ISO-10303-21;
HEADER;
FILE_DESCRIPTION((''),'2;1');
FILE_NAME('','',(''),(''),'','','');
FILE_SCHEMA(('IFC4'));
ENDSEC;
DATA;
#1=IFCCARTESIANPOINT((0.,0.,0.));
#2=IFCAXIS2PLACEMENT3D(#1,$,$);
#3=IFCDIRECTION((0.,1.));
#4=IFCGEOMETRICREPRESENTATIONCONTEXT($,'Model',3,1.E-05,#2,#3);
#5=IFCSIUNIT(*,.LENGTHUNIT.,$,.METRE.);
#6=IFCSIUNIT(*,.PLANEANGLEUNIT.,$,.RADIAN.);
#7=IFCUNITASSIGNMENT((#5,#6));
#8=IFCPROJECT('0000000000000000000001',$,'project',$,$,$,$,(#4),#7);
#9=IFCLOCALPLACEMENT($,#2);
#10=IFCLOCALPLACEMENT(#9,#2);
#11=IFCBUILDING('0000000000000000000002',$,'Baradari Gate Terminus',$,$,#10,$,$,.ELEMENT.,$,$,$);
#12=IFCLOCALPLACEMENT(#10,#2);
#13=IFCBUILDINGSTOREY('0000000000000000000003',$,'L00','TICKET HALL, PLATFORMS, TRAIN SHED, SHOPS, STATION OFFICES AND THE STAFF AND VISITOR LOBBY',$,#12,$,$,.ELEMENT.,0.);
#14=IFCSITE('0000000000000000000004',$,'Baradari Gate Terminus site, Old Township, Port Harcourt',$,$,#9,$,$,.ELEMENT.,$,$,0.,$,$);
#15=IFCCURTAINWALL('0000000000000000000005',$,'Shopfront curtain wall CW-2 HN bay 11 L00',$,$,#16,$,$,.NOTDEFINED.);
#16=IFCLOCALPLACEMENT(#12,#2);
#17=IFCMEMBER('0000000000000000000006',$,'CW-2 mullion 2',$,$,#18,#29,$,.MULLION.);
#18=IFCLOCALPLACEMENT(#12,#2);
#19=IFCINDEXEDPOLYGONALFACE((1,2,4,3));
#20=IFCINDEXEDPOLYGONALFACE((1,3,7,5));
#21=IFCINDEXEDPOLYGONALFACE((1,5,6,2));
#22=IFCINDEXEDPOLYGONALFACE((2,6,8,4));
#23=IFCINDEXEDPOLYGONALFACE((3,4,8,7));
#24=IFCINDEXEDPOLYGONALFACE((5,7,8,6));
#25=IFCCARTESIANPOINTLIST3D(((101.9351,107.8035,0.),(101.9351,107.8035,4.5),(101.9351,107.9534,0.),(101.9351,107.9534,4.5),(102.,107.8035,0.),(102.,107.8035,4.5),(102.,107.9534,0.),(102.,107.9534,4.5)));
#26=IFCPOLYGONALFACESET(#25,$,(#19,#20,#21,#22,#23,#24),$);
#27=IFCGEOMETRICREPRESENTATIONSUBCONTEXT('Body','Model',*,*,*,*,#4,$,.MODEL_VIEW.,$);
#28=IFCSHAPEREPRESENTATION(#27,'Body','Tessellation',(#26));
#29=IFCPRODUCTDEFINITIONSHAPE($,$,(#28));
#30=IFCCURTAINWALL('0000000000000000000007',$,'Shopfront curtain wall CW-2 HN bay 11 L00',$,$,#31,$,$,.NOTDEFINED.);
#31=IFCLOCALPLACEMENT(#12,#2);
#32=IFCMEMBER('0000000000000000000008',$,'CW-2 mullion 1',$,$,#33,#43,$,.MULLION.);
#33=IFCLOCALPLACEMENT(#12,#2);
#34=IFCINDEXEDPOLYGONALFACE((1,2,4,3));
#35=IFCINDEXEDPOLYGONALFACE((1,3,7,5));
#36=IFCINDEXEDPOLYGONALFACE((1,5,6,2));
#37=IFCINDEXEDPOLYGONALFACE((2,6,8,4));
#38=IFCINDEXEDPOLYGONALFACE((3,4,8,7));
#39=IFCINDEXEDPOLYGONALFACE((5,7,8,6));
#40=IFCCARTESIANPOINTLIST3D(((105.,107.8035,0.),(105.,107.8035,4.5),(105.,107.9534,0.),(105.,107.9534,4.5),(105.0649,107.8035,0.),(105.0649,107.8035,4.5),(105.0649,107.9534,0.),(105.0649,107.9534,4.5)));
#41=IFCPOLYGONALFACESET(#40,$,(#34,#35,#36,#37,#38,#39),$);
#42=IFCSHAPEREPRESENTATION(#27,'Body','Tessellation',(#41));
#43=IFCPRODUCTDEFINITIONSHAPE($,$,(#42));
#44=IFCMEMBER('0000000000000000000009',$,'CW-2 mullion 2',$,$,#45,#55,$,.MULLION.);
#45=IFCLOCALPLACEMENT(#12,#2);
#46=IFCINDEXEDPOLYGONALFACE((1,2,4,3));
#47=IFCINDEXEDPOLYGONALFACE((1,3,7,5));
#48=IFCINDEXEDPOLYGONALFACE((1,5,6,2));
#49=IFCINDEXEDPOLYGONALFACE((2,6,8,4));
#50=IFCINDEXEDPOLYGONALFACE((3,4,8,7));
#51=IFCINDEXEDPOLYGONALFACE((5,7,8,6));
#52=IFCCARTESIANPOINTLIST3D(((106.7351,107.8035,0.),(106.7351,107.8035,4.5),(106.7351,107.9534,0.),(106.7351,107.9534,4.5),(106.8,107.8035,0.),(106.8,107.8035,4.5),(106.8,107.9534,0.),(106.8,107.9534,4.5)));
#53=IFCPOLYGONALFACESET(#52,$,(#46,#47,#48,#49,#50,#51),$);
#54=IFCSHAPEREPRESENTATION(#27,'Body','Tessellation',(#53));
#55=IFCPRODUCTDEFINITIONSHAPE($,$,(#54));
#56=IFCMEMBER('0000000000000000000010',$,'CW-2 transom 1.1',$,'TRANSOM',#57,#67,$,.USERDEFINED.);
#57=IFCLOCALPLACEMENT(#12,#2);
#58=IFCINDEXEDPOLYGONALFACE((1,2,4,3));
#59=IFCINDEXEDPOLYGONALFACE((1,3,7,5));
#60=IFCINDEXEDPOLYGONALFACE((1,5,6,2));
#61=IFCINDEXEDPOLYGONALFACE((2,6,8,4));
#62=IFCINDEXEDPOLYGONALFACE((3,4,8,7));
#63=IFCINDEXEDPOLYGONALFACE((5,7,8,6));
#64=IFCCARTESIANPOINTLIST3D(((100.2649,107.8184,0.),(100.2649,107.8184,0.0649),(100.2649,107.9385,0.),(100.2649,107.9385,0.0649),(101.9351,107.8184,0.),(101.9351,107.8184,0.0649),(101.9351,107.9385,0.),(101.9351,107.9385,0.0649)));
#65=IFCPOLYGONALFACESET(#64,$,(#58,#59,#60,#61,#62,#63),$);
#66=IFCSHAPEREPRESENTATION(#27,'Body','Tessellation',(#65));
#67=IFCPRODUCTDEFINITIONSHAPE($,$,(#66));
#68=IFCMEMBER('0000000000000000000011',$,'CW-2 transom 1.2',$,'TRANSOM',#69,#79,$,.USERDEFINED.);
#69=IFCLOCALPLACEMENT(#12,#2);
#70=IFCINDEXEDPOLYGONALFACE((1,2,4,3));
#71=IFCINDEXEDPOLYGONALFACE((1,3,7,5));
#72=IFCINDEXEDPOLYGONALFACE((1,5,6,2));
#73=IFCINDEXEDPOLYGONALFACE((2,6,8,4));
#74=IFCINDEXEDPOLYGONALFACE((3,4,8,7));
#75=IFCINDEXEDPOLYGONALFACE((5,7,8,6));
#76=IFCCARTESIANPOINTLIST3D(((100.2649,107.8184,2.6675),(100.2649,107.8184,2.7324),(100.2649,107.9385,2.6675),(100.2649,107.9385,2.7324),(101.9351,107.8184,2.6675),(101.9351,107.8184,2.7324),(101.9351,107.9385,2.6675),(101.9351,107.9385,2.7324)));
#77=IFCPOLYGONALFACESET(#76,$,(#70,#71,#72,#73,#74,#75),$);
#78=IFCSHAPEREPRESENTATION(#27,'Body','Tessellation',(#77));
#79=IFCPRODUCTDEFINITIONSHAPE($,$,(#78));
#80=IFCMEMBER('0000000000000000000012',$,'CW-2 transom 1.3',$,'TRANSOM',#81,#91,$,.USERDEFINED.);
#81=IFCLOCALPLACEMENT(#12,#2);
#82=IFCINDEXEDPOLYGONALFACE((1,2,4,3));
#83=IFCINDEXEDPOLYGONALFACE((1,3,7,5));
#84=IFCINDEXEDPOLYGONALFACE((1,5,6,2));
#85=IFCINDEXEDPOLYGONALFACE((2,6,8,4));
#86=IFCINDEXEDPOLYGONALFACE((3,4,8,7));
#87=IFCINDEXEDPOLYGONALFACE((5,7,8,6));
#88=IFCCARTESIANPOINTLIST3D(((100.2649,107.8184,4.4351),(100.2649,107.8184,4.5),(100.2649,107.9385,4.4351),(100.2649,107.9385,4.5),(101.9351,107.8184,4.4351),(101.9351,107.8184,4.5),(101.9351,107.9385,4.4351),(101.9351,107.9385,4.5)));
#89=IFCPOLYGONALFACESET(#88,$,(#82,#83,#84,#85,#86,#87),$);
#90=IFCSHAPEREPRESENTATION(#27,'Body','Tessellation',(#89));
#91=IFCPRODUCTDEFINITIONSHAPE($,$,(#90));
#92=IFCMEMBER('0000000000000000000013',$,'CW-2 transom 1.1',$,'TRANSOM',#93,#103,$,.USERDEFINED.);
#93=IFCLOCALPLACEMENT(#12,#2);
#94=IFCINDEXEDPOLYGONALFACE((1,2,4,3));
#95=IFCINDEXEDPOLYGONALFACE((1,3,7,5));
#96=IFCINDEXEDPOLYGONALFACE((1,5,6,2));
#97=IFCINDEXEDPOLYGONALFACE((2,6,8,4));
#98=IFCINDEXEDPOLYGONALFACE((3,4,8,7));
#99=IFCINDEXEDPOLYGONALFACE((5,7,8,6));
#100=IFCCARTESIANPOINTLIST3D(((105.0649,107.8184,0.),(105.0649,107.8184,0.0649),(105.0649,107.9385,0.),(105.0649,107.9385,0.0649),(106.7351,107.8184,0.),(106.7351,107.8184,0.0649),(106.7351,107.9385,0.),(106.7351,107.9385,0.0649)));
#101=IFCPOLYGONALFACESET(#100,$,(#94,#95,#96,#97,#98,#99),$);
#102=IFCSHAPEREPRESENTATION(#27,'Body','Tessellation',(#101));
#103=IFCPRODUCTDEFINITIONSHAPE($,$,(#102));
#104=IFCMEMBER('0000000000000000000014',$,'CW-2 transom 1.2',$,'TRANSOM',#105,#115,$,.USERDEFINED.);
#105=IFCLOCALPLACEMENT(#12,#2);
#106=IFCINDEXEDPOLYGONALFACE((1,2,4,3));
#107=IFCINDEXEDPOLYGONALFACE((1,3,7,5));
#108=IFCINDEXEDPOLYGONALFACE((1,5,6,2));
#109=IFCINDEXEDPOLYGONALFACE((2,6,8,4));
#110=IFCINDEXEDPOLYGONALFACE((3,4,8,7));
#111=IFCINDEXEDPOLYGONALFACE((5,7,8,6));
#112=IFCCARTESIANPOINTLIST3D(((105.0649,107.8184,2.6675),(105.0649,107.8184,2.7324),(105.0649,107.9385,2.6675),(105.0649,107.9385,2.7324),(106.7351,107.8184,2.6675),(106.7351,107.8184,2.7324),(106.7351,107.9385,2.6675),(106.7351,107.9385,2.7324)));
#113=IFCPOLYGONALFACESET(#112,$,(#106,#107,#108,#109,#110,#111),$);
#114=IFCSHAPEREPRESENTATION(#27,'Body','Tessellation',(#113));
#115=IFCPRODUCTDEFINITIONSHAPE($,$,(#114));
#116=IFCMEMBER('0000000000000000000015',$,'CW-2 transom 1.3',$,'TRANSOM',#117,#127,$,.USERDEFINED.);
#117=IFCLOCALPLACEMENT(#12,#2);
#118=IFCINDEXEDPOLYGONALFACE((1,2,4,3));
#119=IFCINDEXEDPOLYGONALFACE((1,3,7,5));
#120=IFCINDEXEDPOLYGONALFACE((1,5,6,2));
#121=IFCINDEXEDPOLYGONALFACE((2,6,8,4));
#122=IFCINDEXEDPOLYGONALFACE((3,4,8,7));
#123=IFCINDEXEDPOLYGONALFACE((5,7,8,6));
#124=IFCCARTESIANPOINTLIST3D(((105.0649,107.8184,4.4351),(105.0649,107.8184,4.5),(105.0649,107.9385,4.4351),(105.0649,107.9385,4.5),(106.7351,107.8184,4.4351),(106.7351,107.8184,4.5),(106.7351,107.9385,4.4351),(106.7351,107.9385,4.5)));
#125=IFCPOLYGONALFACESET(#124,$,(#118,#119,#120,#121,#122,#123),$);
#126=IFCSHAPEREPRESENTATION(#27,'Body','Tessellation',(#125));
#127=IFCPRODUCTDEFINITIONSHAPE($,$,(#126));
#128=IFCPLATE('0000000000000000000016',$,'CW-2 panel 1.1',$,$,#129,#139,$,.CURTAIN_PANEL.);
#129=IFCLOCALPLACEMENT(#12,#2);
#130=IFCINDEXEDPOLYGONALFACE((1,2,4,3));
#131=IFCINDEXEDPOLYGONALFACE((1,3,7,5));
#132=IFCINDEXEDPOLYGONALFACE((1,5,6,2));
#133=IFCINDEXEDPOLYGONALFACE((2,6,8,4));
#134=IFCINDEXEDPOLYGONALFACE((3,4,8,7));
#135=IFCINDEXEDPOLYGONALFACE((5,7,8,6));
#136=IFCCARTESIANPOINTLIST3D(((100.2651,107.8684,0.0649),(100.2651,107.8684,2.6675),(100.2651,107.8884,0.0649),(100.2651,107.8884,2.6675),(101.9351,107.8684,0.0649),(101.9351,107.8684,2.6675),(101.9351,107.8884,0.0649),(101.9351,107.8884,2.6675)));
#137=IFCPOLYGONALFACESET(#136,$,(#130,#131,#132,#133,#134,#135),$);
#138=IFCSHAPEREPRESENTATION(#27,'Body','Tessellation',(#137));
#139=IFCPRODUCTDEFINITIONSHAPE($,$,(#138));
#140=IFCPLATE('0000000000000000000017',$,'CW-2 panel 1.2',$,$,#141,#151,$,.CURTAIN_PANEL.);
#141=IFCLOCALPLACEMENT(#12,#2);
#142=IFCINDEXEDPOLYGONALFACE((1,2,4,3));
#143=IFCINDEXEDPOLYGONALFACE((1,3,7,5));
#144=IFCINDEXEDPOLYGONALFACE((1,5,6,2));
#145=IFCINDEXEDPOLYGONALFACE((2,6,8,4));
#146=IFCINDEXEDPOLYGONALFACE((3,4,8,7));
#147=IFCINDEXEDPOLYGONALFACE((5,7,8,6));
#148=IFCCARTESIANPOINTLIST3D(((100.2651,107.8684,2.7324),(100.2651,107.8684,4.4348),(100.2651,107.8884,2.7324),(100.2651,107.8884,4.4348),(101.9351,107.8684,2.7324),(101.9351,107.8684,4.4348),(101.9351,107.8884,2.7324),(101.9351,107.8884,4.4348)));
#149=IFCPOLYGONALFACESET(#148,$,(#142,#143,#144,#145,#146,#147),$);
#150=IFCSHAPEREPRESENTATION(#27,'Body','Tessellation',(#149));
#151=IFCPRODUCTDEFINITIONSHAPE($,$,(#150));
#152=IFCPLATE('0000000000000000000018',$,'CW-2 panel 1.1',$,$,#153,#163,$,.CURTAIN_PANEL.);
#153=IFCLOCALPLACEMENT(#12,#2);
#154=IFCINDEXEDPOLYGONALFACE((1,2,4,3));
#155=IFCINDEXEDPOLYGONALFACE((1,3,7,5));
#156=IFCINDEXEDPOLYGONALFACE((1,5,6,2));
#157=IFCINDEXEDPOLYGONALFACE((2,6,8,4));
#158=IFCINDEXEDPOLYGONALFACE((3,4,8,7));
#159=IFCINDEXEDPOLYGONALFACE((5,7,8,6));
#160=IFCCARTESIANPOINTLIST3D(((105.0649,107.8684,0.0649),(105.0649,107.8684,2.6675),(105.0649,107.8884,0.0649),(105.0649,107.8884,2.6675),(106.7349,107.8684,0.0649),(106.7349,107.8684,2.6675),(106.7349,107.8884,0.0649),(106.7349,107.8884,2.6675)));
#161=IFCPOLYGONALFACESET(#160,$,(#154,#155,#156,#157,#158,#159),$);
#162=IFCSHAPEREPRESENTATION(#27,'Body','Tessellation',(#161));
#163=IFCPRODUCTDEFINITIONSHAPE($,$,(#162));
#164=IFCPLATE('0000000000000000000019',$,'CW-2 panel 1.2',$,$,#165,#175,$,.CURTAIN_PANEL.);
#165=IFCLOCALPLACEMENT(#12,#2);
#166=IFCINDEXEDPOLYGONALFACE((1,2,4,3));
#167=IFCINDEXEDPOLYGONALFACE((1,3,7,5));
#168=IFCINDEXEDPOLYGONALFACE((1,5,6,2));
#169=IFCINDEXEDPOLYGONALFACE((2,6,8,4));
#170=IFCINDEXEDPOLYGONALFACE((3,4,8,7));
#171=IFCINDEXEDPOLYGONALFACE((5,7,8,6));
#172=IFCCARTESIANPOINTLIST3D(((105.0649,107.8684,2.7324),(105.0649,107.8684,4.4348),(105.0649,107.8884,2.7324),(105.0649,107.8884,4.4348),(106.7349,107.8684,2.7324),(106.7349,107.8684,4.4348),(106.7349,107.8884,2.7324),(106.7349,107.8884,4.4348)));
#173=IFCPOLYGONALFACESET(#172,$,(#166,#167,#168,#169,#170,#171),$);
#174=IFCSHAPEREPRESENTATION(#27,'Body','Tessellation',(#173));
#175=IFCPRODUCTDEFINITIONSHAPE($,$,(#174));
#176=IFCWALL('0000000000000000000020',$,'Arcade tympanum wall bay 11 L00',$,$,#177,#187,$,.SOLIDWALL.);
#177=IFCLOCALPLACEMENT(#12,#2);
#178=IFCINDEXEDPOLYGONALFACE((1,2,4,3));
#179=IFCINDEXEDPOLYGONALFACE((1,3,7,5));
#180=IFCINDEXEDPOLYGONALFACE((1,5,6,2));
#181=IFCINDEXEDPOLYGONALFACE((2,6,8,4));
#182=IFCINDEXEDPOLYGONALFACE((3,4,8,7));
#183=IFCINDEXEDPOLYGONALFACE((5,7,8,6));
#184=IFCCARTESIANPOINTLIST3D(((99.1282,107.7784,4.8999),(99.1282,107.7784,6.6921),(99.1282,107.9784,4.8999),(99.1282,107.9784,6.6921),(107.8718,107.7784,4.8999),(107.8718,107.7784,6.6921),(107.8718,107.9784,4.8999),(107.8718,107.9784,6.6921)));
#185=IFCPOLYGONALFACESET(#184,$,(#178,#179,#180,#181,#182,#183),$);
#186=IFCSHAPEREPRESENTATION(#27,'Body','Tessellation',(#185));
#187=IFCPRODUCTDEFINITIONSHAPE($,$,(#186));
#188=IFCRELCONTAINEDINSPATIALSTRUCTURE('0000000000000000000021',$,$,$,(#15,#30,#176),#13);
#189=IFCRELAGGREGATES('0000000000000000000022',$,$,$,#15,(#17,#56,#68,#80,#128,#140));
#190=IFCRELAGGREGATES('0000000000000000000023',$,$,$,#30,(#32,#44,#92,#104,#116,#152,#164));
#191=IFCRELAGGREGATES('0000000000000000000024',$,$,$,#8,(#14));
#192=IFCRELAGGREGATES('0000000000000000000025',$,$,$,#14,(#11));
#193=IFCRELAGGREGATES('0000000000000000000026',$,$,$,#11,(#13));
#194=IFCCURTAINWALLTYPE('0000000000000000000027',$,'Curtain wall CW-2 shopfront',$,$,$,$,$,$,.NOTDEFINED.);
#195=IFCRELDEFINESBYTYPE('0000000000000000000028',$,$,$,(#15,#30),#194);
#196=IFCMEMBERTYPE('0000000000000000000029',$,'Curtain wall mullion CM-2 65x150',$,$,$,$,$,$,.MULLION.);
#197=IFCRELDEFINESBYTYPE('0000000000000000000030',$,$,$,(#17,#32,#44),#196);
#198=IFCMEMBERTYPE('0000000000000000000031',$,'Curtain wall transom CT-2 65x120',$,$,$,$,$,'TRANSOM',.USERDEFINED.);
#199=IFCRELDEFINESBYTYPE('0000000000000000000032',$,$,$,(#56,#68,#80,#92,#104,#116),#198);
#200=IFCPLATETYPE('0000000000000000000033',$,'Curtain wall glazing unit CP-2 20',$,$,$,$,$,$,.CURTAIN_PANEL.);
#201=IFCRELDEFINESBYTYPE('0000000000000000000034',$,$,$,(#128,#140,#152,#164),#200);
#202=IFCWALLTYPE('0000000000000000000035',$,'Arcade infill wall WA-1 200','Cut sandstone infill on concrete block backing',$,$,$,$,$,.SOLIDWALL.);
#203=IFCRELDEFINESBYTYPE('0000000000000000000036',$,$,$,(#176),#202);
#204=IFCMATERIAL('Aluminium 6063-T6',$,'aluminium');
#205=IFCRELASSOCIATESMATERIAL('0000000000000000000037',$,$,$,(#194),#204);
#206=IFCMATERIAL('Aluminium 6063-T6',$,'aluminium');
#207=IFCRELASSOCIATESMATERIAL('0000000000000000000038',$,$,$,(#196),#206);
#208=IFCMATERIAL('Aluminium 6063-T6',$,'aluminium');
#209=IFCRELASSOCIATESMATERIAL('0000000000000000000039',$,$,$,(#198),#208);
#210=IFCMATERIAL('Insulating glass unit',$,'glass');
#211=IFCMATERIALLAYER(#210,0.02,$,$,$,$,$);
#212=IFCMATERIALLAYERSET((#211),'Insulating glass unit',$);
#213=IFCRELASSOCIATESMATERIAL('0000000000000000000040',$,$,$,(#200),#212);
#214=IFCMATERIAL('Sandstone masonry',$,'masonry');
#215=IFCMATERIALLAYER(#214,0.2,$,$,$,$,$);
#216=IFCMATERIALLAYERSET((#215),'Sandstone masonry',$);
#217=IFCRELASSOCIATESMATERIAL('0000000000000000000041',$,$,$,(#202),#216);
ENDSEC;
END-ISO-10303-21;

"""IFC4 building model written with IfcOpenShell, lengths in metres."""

from ifc_helpers import new_model, si_unit, direction, frame, frame_2d, origin, origin_2d, place, context, subcontext, project, spatial, rectangle, extrude, material, layer, layer_set, material_profile, profile_set, type_object, element, aggregate, save


model = new_model("IFC4")

# Units and contexts
model_context = context("Model", 3, precision=1e-05, world=origin(), true_north=direction((0.0, 1.0)))
body_context = subcontext(model_context, "Body", "Model", "MODEL_VIEW")
ifc_project = project(units=[si_unit("LENGTHUNIT", "METRE"), si_unit("PLANEANGLEUNIT", "RADIAN")], contexts=[model_context])

# Site, building, storey
site_placement = place(None, origin())
site = spatial("IfcSite", under=ifc_project, at=site_placement, Name="Baradari Gate Terminus site, Old Township, Port Harcourt", CompositionType="ELEMENT", RefElevation=0.0)
building_placement = place(site_placement, origin())
building = spatial("IfcBuilding", under=site, at=building_placement, Name="Baradari Gate Terminus", CompositionType="ELEMENT")
storey_placement = place(building_placement, origin())
storey = spatial("IfcBuildingStorey", under=building, at=storey_placement, Name="L00", Description="TICKET HALL, PLATFORMS, TRAIN SHED, SHOPS, STATION OFFICES AND THE STAFF AND VISITOR LOBBY", CompositionType="ELEMENT", Elevation=0.0)

# Curtain walls, members
ifc_material_1 = material(Name="Aluminium 6063-T6", Category="aluminium")
curtain_wall_type = type_object("IfcCurtainWallType", Name="Curtain wall CW-2 shopfront", PredefinedType="NOTDEFINED", material=ifc_material_1)
curtain_wall_1_placement = place(storey_placement, origin())
curtain_wall_1 = element("IfcCurtainWall", 1, at=curtain_wall_1_placement, inside=storey, type_object=curtain_wall_type, Name="Shopfront curtain wall CW-2 HN bay 11 L00", PredefinedType="NOTDEFINED")
ifc_material_2 = material(Name="Aluminium 6063-T6", Category="aluminium")
ifc_material_profile_1 = material_profile(ifc_material_2, rectangle(XDim=0.1499, YDim=0.0649, at=origin_2d()), Name="CM-2 65X150")
ifc_profile_set_1 = profile_set([ifc_material_profile_1], Name="Aluminium 6063-T6")
member_type_1 = type_object("IfcMemberType", Name="Curtain wall mullion CM-2 65x150", PredefinedType="MULLION", material=ifc_profile_set_1)
member_1_placement = place(storey_placement, frame((101.9675, 107.8784, 0.0), z_axis=(0.0, 0.0, 1.0), x_axis=(0.0, 1.0, 0.0)))
member_1 = element("IfcMember", 2, at=member_1_placement, type_object=member_type_1, Name="CW-2 mullion 2", PredefinedType="MULLION", context=body_context, shape_type="SweptSolid", body=[
    extrude(rectangle(XDim=0.1499, YDim=0.0649, at=origin_2d()), origin(), (0.0, 0.0, 1.0), 4.5),
])
curtain_wall_2_placement = place(storey_placement, origin())
curtain_wall_2 = element("IfcCurtainWall", 3, at=curtain_wall_2_placement, inside=storey, type_object=curtain_wall_type, Name="Shopfront curtain wall CW-2 HN bay 11 L00", PredefinedType="NOTDEFINED")
member_2_placement = place(storey_placement, frame((105.0325, 107.8784, 0.0), z_axis=(0.0, 0.0, 1.0), x_axis=(0.0, 1.0, 0.0)))
member_2 = element("IfcMember", 4, at=member_2_placement, type_object=member_type_1, Name="CW-2 mullion 1", PredefinedType="MULLION", context=body_context, shape_type="SweptSolid", body=[
    extrude(rectangle(XDim=0.1499, YDim=0.0649, at=origin_2d()), origin(), (0.0, 0.0, 1.0), 4.5),
])
member_3_placement = place(storey_placement, frame((106.7676, 107.8784, 0.0), z_axis=(0.0, 0.0, 1.0), x_axis=(0.0, 1.0, 0.0)))
member_3 = element("IfcMember", 5, at=member_3_placement, type_object=member_type_1, Name="CW-2 mullion 2", PredefinedType="MULLION", context=body_context, shape_type="SweptSolid", body=[
    extrude(rectangle(XDim=0.1499, YDim=0.0649, at=origin_2d()), origin(), (0.0, 0.0, 1.0), 4.5),
])

# Members
ifc_material_3 = material(Name="Aluminium 6063-T6", Category="aluminium")
ifc_material_profile_2 = material_profile(ifc_material_3, rectangle(XDim=0.1201, YDim=0.0649, at=origin_2d()), Name="CT-2 65X120")
ifc_profile_set_2 = profile_set([ifc_material_profile_2], Name="Aluminium 6063-T6")
member_type_2 = type_object("IfcMemberType", Name="Curtain wall transom CT-2 65x120", ElementType="TRANSOM", PredefinedType="USERDEFINED", material=ifc_profile_set_2)
member_4_placement = place(storey_placement, frame((100.2649, 107.8784, 0.0325), z_axis=(1.0, 0.0, 0.0), x_axis=(0.0, 1.0, 0.0)))
member_4 = element("IfcMember", 6, at=member_4_placement, type_object=member_type_2, Name="CW-2 transom 1.1", ObjectType="TRANSOM", PredefinedType="USERDEFINED", context=body_context, shape_type="SweptSolid", body=[
    extrude(rectangle(XDim=0.1201, YDim=0.0649, at=origin_2d()), origin(), (0.0, 0.0, 1.0), 1.6702),
])
member_5_placement = place(storey_placement, frame((100.2649, 107.8784, 2.7), z_axis=(1.0, 0.0, 0.0), x_axis=(0.0, 1.0, 0.0)))
member_5 = element("IfcMember", 7, at=member_5_placement, type_object=member_type_2, Name="CW-2 transom 1.2", ObjectType="TRANSOM", PredefinedType="USERDEFINED", context=body_context, shape_type="SweptSolid", body=[
    extrude(rectangle(XDim=0.1201, YDim=0.0649, at=origin_2d()), origin(), (0.0, 0.0, 1.0), 1.6702),
])
member_6_placement = place(storey_placement, frame((100.2649, 107.8784, 4.4675), z_axis=(1.0, 0.0, 0.0), x_axis=(0.0, 1.0, 0.0)))
member_6 = element("IfcMember", 8, at=member_6_placement, type_object=member_type_2, Name="CW-2 transom 1.3", ObjectType="TRANSOM", PredefinedType="USERDEFINED", context=body_context, shape_type="SweptSolid", body=[
    extrude(rectangle(XDim=0.1201, YDim=0.0649, at=origin_2d()), origin(), (0.0, 0.0, 1.0), 1.6702),
])
member_7_placement = place(storey_placement, frame((105.0649, 107.8784, 0.0325), z_axis=(1.0, 0.0, 0.0), x_axis=(0.0, 1.0, 0.0)))
member_7 = element("IfcMember", 9, at=member_7_placement, type_object=member_type_2, Name="CW-2 transom 1.1", ObjectType="TRANSOM", PredefinedType="USERDEFINED", context=body_context, shape_type="SweptSolid", body=[
    extrude(rectangle(XDim=0.1201, YDim=0.0649, at=origin_2d()), origin(), (0.0, 0.0, 1.0), 1.6702),
])
member_8_placement = place(storey_placement, frame((105.0649, 107.8784, 2.7), z_axis=(1.0, 0.0, 0.0), x_axis=(0.0, 1.0, 0.0)))
member_8 = element("IfcMember", 10, at=member_8_placement, type_object=member_type_2, Name="CW-2 transom 1.2", ObjectType="TRANSOM", PredefinedType="USERDEFINED", context=body_context, shape_type="SweptSolid", body=[
    extrude(rectangle(XDim=0.1201, YDim=0.0649, at=origin_2d()), origin(), (0.0, 0.0, 1.0), 1.6702),
])
member_9_placement = place(storey_placement, frame((105.0649, 107.8784, 4.4675), z_axis=(1.0, 0.0, 0.0), x_axis=(0.0, 1.0, 0.0)))
member_9 = element("IfcMember", 11, at=member_9_placement, type_object=member_type_2, Name="CW-2 transom 1.3", ObjectType="TRANSOM", PredefinedType="USERDEFINED", context=body_context, shape_type="SweptSolid", body=[
    extrude(rectangle(XDim=0.1201, YDim=0.0649, at=origin_2d()), origin(), (0.0, 0.0, 1.0), 1.6702),
])

# Plates
ifc_material_4 = material(Name="Insulating glass unit", Category="glass")
ifc_layer_1 = layer(ifc_material_4, 0.02)
ifc_layer_set_1 = layer_set([ifc_layer_1], Name="Insulating glass unit")
plate_type = type_object("IfcPlateType", Name="Curtain wall glazing unit CP-2 20", PredefinedType="CURTAIN_PANEL", material=ifc_layer_set_1)
plate_1_placement = place(storey_placement, frame((101.1001, 107.8784, 0.0649), z_axis=(0.0, 0.0, 1.0), x_axis=(1.0, 0.0, 0.0)))
plate_1 = element("IfcPlate", 12, at=plate_1_placement, type_object=plate_type, Name="CW-2 panel 1.1", PredefinedType="CURTAIN_PANEL", context=body_context, shape_type="SweptSolid", body=[
    extrude(rectangle(XDim=1.6699, YDim=0.02, at=origin_2d()), origin(), (0.0, 0.0, 1.0), 2.6025),
])
plate_2_placement = place(storey_placement, frame((101.1001, 107.8784, 2.7324), z_axis=(0.0, 0.0, 1.0), x_axis=(1.0, 0.0, 0.0)))
plate_2 = element("IfcPlate", 13, at=plate_2_placement, type_object=plate_type, Name="CW-2 panel 1.2", PredefinedType="CURTAIN_PANEL", context=body_context, shape_type="SweptSolid", body=[
    extrude(rectangle(XDim=1.6699, YDim=0.02, at=origin_2d()), origin(), (0.0, 0.0, 1.0), 1.7024),
])
aggregate(curtain_wall_1, [member_1, member_4, member_5, member_6, plate_1, plate_2])
plate_3_placement = place(storey_placement, frame((105.8999, 107.8784, 0.0649), z_axis=(0.0, 0.0, 1.0), x_axis=(1.0, 0.0, 0.0)))
plate_3 = element("IfcPlate", 14, at=plate_3_placement, type_object=plate_type, Name="CW-2 panel 1.1", PredefinedType="CURTAIN_PANEL", context=body_context, shape_type="SweptSolid", body=[
    extrude(rectangle(XDim=1.6699, YDim=0.02, at=origin_2d()), origin(), (0.0, 0.0, 1.0), 2.6025),
])
plate_4_placement = place(storey_placement, frame((105.8999, 107.8784, 2.7324), z_axis=(0.0, 0.0, 1.0), x_axis=(1.0, 0.0, 0.0)))
plate_4 = element("IfcPlate", 15, at=plate_4_placement, type_object=plate_type, Name="CW-2 panel 1.2", PredefinedType="CURTAIN_PANEL", context=body_context, shape_type="SweptSolid", body=[
    extrude(rectangle(XDim=1.6699, YDim=0.02, at=origin_2d()), origin(), (0.0, 0.0, 1.0), 1.7024),
])
aggregate(curtain_wall_2, [member_2, member_3, member_7, member_8, member_9, plate_3, plate_4])

# Wall
ifc_material_5 = material(Name="Sandstone masonry", Category="masonry")
ifc_layer_2 = layer(ifc_material_5, 0.2)
ifc_layer_set_2 = layer_set([ifc_layer_2], Name="Sandstone masonry")
wall_type_1 = type_object("IfcWallType", Name="Arcade infill wall WA-1 200", Description="Cut sandstone infill on concrete block backing", PredefinedType="SOLIDWALL", material=ifc_layer_set_2)
for number, where, z_axis, x_axis, name in (
    (16, (99.1282, 107.8784, 4.8999), (0.0, 0.0, 1.0), (1.0, 0.0, 0.0), "Arcade tympanum wall bay 11 L00"),
):
    element("IfcWall", number, at=place(storey_placement, frame(where, z_axis=z_axis, x_axis=x_axis)), inside=storey, type_object=wall_type_1, Name=name, PredefinedType="SOLIDWALL", context=body_context, shape_type="SweptSolid", body=[
        extrude(rectangle(XDim=8.7437, YDim=0.2, at=frame_2d((4.3718, 0.0))), origin(), (0.0, 0.0, 1.0), 1.7922),
    ])

save(model, "model.ifc")
